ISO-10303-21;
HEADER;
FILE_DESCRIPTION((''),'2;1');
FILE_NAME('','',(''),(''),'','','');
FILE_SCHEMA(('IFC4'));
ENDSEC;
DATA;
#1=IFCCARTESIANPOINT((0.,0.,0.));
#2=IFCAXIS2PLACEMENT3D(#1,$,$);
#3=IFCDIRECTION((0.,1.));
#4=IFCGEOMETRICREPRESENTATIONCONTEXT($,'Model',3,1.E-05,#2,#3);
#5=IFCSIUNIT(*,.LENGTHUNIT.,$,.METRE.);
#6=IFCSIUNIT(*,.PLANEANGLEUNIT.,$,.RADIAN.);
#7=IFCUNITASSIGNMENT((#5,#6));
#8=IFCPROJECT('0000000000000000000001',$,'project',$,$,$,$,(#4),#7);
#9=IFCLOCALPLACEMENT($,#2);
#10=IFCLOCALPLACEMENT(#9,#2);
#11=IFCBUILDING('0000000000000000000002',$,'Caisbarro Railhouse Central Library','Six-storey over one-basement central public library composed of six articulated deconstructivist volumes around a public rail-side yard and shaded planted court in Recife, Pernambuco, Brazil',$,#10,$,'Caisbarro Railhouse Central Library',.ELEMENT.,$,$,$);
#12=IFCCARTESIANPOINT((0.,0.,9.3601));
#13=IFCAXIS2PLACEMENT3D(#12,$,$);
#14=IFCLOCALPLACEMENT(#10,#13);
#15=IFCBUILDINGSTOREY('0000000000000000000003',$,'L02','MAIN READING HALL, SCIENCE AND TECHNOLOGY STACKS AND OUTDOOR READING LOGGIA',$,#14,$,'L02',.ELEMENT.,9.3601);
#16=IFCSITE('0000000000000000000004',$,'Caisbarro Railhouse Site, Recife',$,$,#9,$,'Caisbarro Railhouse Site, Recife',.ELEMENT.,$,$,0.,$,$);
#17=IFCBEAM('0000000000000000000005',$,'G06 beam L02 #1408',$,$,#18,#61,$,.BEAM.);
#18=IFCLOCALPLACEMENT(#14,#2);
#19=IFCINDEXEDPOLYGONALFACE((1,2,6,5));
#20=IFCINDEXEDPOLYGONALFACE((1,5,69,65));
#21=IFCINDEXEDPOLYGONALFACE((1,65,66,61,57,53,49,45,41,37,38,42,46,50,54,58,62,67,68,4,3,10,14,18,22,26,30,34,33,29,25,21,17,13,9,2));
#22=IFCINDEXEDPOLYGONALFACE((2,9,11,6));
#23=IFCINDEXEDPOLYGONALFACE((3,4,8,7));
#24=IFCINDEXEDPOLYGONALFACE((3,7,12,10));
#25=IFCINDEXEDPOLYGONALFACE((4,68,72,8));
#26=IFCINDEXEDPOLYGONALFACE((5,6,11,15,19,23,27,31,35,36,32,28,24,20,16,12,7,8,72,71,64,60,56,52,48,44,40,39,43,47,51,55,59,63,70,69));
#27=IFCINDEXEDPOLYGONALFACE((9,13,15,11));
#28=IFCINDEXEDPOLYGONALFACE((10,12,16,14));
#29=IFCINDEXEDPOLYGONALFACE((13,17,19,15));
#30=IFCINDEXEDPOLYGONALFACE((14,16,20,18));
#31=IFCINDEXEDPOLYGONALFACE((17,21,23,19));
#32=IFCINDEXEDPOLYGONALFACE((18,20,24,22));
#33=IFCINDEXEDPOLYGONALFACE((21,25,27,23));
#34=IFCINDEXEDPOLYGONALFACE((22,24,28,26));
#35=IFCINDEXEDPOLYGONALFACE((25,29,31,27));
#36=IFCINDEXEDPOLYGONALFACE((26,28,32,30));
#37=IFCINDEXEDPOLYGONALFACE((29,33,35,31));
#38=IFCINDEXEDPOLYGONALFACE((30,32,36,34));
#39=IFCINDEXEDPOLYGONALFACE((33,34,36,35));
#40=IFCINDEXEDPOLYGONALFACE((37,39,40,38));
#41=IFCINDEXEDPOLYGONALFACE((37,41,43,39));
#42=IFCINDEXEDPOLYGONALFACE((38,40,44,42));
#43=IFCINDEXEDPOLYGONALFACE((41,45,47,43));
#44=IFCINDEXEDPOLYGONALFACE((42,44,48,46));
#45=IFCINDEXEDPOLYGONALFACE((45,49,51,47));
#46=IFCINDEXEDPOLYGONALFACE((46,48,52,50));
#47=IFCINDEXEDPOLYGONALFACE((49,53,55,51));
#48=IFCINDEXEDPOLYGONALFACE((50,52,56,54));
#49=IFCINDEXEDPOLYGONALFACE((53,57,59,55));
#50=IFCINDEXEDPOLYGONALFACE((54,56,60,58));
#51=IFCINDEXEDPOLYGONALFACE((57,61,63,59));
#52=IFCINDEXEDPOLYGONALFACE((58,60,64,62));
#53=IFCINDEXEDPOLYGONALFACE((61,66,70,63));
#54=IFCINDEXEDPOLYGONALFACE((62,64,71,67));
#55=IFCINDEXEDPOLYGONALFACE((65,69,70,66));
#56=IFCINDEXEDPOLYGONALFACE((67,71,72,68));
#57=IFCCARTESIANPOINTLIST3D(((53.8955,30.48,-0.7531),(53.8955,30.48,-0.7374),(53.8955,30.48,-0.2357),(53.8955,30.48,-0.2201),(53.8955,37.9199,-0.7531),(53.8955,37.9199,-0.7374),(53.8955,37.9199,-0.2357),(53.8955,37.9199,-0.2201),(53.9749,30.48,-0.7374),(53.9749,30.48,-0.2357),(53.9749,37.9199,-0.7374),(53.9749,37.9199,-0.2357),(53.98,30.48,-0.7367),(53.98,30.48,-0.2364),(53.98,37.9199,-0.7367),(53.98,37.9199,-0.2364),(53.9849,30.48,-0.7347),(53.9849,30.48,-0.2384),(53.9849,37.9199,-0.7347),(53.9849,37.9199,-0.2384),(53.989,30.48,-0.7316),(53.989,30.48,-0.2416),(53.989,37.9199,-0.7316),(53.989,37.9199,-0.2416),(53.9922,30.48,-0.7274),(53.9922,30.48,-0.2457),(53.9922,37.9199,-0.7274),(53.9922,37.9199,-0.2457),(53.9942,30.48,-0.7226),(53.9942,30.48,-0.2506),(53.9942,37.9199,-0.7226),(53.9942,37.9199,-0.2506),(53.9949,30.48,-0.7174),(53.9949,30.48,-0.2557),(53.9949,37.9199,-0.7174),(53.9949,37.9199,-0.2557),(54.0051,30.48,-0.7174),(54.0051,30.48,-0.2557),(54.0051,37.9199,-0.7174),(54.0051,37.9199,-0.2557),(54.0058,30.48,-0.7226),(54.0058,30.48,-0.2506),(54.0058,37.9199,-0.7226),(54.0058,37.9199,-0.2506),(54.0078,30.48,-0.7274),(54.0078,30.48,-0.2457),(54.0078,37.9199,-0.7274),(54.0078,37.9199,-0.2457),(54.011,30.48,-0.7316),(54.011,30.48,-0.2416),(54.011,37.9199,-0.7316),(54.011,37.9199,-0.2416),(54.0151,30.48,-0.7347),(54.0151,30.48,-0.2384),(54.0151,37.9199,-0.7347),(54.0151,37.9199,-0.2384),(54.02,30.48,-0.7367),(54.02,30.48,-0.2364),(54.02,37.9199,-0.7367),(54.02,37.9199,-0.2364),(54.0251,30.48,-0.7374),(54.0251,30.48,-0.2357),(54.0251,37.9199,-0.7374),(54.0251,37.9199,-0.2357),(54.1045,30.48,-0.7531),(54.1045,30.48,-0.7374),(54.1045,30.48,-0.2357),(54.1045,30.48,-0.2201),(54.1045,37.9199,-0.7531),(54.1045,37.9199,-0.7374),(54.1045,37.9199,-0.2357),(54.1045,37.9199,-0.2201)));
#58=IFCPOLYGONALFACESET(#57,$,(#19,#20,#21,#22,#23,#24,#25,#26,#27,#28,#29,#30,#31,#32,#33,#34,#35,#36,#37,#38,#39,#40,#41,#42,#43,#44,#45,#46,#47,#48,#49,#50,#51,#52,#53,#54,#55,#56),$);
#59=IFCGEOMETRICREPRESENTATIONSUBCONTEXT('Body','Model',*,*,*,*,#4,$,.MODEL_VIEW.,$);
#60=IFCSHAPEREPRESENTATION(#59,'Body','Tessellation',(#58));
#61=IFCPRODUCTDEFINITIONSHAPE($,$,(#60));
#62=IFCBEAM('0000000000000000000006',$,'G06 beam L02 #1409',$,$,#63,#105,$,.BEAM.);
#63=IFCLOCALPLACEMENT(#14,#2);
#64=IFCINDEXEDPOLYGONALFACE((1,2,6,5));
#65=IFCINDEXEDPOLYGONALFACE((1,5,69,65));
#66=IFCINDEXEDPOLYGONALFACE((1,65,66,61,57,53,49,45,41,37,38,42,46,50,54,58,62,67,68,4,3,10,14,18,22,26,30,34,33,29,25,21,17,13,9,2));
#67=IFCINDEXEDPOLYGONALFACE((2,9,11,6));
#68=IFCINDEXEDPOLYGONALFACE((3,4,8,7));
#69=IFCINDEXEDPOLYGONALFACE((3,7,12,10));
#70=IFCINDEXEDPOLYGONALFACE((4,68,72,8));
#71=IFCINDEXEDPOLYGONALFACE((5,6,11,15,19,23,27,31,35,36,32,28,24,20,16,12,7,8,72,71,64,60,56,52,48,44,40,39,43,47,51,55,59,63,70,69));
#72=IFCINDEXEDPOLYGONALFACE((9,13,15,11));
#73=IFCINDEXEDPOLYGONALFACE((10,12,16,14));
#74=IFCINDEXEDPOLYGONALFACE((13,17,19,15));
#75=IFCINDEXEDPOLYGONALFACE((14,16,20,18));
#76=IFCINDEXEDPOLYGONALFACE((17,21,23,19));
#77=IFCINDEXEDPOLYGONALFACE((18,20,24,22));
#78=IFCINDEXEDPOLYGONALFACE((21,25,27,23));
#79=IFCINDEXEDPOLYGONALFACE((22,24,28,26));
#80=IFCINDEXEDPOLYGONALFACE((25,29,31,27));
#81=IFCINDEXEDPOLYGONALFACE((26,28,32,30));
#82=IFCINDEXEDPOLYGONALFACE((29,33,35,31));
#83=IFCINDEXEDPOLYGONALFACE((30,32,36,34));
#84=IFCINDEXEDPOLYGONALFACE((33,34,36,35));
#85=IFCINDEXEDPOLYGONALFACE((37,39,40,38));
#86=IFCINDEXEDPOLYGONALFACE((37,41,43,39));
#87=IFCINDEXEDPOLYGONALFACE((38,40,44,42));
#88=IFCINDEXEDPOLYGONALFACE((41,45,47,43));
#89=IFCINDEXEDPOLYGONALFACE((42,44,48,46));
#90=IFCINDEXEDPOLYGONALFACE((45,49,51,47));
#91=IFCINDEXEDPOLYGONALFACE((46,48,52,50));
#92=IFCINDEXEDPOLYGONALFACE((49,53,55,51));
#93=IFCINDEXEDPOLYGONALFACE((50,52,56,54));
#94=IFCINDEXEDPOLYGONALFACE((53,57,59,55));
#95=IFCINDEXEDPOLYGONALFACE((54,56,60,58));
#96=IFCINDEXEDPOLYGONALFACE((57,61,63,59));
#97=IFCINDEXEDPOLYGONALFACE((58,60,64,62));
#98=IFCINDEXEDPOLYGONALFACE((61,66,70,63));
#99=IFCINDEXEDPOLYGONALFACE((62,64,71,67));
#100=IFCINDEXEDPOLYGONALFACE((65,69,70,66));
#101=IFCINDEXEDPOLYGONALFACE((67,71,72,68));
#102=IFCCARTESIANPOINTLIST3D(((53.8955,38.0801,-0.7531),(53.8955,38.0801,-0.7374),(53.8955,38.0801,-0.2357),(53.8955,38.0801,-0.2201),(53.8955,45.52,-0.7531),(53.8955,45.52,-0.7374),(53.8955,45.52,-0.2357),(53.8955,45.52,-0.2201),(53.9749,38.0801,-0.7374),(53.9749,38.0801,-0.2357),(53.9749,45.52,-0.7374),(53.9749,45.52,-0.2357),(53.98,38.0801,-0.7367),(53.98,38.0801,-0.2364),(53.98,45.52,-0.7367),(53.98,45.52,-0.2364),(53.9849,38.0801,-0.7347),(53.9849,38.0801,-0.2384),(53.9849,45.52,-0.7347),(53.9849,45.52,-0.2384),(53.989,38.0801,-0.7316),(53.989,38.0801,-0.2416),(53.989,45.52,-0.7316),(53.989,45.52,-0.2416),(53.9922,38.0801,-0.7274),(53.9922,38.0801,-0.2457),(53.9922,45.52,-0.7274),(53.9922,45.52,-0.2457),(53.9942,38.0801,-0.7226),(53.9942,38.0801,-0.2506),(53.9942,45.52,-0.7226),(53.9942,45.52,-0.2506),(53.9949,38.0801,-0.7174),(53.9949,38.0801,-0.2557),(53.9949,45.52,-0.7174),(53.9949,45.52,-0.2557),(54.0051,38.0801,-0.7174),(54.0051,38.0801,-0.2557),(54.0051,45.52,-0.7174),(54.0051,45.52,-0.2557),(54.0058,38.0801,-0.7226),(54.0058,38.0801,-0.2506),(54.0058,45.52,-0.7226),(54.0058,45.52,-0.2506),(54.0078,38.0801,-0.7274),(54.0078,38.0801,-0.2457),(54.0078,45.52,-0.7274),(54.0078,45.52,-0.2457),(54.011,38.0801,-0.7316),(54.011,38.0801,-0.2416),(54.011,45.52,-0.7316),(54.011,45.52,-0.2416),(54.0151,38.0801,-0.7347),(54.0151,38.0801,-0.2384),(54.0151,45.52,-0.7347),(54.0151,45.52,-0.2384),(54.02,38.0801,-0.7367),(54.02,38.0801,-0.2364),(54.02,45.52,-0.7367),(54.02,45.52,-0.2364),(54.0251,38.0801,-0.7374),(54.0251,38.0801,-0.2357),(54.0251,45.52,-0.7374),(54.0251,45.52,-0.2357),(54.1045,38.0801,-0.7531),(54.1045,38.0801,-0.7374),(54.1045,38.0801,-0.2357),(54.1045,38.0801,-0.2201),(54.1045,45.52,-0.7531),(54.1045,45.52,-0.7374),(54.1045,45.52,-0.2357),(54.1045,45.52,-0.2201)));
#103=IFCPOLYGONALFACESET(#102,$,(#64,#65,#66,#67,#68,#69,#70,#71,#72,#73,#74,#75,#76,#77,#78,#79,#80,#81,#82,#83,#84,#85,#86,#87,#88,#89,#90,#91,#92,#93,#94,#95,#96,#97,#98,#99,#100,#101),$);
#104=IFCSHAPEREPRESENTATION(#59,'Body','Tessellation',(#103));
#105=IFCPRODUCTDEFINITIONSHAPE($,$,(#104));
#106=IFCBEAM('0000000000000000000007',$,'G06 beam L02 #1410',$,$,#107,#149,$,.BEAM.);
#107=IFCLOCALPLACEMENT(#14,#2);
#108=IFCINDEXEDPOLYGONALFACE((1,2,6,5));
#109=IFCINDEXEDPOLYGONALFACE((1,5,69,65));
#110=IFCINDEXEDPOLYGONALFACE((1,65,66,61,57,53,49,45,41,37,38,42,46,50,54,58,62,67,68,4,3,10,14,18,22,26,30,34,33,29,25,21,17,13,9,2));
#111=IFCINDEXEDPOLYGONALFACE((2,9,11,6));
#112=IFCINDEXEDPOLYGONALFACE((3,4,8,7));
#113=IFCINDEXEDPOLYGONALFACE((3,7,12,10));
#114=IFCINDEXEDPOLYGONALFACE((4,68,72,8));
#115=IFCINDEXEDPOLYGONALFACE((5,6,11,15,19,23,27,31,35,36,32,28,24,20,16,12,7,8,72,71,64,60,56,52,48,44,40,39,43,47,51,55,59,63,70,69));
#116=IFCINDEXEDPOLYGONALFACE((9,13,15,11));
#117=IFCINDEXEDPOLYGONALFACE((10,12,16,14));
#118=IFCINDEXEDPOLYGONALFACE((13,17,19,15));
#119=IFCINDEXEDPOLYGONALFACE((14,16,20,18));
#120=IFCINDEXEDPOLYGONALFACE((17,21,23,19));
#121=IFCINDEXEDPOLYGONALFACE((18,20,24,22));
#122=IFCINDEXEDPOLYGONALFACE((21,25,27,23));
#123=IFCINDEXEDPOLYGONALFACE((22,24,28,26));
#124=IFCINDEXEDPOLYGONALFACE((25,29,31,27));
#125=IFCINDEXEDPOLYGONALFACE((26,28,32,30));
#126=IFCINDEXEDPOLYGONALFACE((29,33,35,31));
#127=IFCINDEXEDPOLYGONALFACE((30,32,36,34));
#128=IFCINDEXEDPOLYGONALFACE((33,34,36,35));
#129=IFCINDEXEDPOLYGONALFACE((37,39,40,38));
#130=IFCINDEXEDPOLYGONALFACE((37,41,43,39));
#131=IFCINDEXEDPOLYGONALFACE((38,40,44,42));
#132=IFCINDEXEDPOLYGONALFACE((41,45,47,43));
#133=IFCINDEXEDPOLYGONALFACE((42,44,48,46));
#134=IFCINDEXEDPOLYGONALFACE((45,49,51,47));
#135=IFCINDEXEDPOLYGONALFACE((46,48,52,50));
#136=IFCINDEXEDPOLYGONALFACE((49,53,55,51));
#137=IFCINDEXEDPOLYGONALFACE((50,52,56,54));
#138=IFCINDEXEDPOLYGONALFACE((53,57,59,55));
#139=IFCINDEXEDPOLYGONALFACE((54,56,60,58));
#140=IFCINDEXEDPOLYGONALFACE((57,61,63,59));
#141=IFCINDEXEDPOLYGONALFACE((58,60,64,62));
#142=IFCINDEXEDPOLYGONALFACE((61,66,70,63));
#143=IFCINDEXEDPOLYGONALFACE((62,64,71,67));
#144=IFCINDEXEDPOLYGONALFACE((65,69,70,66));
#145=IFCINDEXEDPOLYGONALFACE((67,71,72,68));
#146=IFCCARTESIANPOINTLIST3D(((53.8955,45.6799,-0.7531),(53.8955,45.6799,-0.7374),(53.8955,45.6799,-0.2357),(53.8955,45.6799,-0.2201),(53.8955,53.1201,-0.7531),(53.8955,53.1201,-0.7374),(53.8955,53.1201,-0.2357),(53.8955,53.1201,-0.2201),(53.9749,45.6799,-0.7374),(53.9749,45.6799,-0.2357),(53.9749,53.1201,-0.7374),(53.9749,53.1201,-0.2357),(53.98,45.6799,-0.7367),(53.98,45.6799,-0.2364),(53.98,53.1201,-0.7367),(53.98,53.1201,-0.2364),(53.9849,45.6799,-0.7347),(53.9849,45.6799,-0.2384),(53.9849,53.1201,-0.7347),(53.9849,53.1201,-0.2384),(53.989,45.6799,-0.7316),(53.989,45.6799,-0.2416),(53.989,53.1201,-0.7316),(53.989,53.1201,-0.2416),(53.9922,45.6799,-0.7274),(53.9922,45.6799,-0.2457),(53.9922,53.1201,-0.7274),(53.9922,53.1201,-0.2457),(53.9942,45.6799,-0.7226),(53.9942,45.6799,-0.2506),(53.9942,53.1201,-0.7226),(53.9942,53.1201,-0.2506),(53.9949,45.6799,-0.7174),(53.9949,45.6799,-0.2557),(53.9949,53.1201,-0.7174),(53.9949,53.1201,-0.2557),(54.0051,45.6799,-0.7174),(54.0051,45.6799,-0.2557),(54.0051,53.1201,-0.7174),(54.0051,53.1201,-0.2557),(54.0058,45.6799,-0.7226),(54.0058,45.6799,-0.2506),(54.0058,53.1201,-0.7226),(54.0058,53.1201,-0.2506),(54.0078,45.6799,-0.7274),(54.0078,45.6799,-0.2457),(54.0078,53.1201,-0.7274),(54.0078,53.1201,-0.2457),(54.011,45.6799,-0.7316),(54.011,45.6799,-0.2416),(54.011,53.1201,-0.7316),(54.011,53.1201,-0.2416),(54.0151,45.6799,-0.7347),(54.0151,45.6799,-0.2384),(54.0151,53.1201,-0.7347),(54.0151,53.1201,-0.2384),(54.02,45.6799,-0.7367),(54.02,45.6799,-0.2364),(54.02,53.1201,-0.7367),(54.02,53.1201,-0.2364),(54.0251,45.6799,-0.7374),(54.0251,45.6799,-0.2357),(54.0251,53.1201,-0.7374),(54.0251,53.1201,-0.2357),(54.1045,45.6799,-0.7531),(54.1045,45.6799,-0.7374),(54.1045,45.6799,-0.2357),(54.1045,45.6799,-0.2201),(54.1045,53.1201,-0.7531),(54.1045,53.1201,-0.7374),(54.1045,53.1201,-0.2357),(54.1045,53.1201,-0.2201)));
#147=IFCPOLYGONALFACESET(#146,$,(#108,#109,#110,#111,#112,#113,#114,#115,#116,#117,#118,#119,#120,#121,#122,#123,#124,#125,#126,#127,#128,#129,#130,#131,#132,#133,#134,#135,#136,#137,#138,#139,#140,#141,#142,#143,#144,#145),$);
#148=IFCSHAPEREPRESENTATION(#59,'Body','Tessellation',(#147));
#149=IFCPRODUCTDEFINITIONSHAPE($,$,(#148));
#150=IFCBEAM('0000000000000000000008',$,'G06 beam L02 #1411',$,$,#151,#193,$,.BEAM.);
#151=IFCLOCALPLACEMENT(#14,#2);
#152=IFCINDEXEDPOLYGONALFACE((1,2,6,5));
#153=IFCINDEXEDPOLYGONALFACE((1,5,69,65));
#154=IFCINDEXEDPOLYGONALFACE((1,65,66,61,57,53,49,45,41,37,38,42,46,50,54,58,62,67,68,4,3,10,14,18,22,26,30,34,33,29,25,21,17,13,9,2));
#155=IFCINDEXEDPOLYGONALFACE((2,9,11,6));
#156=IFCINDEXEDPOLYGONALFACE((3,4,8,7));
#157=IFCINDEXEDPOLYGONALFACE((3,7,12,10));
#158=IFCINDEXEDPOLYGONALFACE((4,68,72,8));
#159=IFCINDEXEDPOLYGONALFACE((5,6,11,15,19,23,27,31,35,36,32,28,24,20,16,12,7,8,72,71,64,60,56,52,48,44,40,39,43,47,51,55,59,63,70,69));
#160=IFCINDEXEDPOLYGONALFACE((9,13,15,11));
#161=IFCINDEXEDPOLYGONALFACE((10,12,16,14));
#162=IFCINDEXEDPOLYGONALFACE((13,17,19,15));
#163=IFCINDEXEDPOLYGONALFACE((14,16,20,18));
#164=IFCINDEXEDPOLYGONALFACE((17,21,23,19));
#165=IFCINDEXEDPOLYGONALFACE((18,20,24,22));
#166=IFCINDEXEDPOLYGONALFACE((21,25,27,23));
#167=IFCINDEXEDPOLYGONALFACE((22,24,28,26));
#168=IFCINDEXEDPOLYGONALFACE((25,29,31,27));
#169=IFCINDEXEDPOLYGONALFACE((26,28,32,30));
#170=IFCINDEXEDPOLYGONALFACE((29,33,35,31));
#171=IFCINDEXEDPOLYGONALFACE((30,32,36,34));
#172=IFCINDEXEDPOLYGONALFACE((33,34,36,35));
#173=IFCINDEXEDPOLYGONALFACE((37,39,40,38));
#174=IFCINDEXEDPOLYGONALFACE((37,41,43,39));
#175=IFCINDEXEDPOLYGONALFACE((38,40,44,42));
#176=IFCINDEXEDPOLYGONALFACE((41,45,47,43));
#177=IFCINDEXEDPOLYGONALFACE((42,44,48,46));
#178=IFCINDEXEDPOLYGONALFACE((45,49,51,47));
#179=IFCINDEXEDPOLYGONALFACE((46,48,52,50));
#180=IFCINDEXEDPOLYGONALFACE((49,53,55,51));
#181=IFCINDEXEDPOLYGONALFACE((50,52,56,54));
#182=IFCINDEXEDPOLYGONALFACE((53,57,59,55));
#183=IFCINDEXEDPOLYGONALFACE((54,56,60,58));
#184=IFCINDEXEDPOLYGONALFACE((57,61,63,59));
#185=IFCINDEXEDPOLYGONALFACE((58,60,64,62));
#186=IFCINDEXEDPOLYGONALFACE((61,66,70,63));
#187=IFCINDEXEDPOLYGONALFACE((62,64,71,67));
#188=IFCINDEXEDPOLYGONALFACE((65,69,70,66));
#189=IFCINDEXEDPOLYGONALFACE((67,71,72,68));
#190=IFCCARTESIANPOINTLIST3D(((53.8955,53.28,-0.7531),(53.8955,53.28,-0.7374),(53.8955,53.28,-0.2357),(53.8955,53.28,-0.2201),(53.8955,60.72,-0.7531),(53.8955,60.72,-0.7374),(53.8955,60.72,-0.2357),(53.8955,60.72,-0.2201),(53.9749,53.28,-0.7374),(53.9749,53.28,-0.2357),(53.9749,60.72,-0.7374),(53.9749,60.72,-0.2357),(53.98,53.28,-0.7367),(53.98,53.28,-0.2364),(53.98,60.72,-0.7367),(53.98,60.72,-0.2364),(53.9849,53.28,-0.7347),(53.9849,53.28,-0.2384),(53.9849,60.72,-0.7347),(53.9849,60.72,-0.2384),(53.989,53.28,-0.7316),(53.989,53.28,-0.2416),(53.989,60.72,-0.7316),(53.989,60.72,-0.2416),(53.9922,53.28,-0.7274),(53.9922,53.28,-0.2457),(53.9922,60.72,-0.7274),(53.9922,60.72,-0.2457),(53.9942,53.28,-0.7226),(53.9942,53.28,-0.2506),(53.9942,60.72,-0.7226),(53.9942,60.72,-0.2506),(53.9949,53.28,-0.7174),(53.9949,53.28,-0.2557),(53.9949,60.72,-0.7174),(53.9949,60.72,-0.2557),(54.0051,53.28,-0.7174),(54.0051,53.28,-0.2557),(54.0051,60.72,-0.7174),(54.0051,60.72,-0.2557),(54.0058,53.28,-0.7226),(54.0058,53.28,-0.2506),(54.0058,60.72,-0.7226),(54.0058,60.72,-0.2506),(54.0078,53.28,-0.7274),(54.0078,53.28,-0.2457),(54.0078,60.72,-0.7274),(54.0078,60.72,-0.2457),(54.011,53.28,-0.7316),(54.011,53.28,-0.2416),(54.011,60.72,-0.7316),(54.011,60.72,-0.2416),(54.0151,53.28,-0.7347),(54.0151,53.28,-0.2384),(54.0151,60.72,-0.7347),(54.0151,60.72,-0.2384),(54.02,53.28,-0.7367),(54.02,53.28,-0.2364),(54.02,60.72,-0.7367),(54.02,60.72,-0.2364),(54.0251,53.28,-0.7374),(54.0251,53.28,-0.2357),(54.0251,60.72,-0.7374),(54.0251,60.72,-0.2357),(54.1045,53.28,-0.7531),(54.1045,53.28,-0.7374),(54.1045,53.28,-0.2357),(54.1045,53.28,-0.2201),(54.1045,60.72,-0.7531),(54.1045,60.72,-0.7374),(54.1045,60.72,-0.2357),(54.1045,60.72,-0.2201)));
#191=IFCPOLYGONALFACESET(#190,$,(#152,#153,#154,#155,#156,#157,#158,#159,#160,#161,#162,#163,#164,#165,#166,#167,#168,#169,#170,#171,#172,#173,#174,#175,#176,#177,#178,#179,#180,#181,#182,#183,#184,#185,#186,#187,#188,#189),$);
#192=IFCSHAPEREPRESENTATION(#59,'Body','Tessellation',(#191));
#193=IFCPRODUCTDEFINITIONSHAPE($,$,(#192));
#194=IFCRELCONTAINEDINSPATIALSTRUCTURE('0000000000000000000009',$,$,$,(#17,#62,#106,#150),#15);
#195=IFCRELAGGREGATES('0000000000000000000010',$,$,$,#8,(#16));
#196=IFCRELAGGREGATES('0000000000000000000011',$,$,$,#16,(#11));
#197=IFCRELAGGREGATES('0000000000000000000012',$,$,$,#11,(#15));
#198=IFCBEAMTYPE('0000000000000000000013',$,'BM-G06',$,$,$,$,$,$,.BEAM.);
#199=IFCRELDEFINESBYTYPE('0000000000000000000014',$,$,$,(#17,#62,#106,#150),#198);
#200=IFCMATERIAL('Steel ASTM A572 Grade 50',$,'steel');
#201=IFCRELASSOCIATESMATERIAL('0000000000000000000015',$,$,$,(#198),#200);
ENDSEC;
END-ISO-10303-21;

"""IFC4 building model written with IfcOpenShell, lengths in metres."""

from ifc_helpers import new_model, si_unit, direction, frame, origin, origin_2d, place, context, subcontext, project, spatial, i_section, extrude, material, material_profile, profile_set, type_object, element, save


model = new_model("IFC4")

# Units and contexts
model_context = context("Model", 3, precision=1e-05, world=origin(), true_north=direction((0.0, 1.0)))
body_context = subcontext(model_context, "Body", "Model", "MODEL_VIEW")
ifc_project = project(units=[si_unit("LENGTHUNIT", "METRE"), si_unit("PLANEANGLEUNIT", "RADIAN")], contexts=[model_context])

# Site, building, storey
site_placement = place(None, origin())
site = spatial("IfcSite", under=ifc_project, at=site_placement, Name="Caisbarro Railhouse Site, Recife", LongName="Caisbarro Railhouse Site, Recife", CompositionType="ELEMENT", RefElevation=0.0)
building_placement = place(site_placement, origin())
building = spatial("IfcBuilding", under=site, at=building_placement, Name="Caisbarro Railhouse Central Library", Description="Six-storey over one-basement central public library composed of six articulated deconstructivist volumes around a public rail-side yard and shaded planted court in Recife, Pernambuco, Brazil", LongName="Caisbarro Railhouse Central Library", CompositionType="ELEMENT")
storey_placement = place(building_placement, frame((0.0, 0.0, 9.3601)))
storey = spatial("IfcBuildingStorey", under=building, at=storey_placement, Name="L02", Description="MAIN READING HALL, SCIENCE AND TECHNOLOGY STACKS AND OUTDOOR READING LOGGIA", LongName="L02", CompositionType="ELEMENT", Elevation=9.3601)

# Shared definitions
ifc_material_1 = material(Name="Steel ASTM A572 Grade 50", Category="steel")

# Beams
ifc_material_profile_1 = material_profile(ifc_material_1, i_section(OverallWidth=0.209, OverallDepth=0.533, WebThickness=0.0103, FlangeThickness=0.0156, FilletRadius=0.02, at=origin_2d()), Name="W530X92.0")
ifc_profile_set_1 = profile_set([ifc_material_profile_1], Name="Steel ASTM A572 Grade 50")
beam_type_1 = type_object("IfcBeamType", Name="BM-G06", PredefinedType="BEAM", material=ifc_profile_set_1)
for number, where, z_axis, x_axis, name in (
    (1, (54.0, 30.48, -0.4866), (0.0, 1.0, 0.0), (-1.0, 0.0, 0.0), "G06 beam L02 #1408"),
    (2, (54.0, 38.0801, -0.4866), (0.0, 1.0, 0.0), (-1.0, 0.0, 0.0), "G06 beam L02 #1409"),
):
    element("IfcBeam", number, at=place(storey_placement, frame(where, z_axis=z_axis, x_axis=x_axis)), inside=storey, type_object=beam_type_1, Name=name, PredefinedType="BEAM", context=body_context, shape_type="SweptSolid", body=[
        extrude(i_section(OverallWidth=0.209, OverallDepth=0.533, WebThickness=0.0103, FlangeThickness=0.0156, FilletRadius=0.02, at=origin_2d()), origin(), (0.0, 0.0, 1.0), 7.4399),
    ])
beam_1_placement = place(storey_placement, frame((54.0, 45.6799, -0.4866), z_axis=(0.0, 1.0, 0.0), x_axis=(-1.0, 0.0, 0.0)))
element("IfcBeam", 3, at=beam_1_placement, inside=storey, type_object=beam_type_1, Name="G06 beam L02 #1410", PredefinedType="BEAM", context=body_context, shape_type="SweptSolid", body=[
    extrude(i_section(OverallWidth=0.209, OverallDepth=0.533, WebThickness=0.0103, FlangeThickness=0.0156, FilletRadius=0.02, at=origin_2d()), origin(), (0.0, 0.0, 1.0), 7.4402),
])
beam_2_placement = place(storey_placement, frame((54.0, 53.28, -0.4866), z_axis=(0.0, 1.0, 0.0), x_axis=(-1.0, 0.0, 0.0)))
element("IfcBeam", 4, at=beam_2_placement, inside=storey, type_object=beam_type_1, Name="G06 beam L02 #1411", PredefinedType="BEAM", context=body_context, shape_type="SweptSolid", body=[
    extrude(i_section(OverallWidth=0.209, OverallDepth=0.533, WebThickness=0.0103, FlangeThickness=0.0156, FilletRadius=0.02, at=origin_2d()), origin(), (0.0, 0.0, 1.0), 7.4399),
])

save(model, "model.ifc")
